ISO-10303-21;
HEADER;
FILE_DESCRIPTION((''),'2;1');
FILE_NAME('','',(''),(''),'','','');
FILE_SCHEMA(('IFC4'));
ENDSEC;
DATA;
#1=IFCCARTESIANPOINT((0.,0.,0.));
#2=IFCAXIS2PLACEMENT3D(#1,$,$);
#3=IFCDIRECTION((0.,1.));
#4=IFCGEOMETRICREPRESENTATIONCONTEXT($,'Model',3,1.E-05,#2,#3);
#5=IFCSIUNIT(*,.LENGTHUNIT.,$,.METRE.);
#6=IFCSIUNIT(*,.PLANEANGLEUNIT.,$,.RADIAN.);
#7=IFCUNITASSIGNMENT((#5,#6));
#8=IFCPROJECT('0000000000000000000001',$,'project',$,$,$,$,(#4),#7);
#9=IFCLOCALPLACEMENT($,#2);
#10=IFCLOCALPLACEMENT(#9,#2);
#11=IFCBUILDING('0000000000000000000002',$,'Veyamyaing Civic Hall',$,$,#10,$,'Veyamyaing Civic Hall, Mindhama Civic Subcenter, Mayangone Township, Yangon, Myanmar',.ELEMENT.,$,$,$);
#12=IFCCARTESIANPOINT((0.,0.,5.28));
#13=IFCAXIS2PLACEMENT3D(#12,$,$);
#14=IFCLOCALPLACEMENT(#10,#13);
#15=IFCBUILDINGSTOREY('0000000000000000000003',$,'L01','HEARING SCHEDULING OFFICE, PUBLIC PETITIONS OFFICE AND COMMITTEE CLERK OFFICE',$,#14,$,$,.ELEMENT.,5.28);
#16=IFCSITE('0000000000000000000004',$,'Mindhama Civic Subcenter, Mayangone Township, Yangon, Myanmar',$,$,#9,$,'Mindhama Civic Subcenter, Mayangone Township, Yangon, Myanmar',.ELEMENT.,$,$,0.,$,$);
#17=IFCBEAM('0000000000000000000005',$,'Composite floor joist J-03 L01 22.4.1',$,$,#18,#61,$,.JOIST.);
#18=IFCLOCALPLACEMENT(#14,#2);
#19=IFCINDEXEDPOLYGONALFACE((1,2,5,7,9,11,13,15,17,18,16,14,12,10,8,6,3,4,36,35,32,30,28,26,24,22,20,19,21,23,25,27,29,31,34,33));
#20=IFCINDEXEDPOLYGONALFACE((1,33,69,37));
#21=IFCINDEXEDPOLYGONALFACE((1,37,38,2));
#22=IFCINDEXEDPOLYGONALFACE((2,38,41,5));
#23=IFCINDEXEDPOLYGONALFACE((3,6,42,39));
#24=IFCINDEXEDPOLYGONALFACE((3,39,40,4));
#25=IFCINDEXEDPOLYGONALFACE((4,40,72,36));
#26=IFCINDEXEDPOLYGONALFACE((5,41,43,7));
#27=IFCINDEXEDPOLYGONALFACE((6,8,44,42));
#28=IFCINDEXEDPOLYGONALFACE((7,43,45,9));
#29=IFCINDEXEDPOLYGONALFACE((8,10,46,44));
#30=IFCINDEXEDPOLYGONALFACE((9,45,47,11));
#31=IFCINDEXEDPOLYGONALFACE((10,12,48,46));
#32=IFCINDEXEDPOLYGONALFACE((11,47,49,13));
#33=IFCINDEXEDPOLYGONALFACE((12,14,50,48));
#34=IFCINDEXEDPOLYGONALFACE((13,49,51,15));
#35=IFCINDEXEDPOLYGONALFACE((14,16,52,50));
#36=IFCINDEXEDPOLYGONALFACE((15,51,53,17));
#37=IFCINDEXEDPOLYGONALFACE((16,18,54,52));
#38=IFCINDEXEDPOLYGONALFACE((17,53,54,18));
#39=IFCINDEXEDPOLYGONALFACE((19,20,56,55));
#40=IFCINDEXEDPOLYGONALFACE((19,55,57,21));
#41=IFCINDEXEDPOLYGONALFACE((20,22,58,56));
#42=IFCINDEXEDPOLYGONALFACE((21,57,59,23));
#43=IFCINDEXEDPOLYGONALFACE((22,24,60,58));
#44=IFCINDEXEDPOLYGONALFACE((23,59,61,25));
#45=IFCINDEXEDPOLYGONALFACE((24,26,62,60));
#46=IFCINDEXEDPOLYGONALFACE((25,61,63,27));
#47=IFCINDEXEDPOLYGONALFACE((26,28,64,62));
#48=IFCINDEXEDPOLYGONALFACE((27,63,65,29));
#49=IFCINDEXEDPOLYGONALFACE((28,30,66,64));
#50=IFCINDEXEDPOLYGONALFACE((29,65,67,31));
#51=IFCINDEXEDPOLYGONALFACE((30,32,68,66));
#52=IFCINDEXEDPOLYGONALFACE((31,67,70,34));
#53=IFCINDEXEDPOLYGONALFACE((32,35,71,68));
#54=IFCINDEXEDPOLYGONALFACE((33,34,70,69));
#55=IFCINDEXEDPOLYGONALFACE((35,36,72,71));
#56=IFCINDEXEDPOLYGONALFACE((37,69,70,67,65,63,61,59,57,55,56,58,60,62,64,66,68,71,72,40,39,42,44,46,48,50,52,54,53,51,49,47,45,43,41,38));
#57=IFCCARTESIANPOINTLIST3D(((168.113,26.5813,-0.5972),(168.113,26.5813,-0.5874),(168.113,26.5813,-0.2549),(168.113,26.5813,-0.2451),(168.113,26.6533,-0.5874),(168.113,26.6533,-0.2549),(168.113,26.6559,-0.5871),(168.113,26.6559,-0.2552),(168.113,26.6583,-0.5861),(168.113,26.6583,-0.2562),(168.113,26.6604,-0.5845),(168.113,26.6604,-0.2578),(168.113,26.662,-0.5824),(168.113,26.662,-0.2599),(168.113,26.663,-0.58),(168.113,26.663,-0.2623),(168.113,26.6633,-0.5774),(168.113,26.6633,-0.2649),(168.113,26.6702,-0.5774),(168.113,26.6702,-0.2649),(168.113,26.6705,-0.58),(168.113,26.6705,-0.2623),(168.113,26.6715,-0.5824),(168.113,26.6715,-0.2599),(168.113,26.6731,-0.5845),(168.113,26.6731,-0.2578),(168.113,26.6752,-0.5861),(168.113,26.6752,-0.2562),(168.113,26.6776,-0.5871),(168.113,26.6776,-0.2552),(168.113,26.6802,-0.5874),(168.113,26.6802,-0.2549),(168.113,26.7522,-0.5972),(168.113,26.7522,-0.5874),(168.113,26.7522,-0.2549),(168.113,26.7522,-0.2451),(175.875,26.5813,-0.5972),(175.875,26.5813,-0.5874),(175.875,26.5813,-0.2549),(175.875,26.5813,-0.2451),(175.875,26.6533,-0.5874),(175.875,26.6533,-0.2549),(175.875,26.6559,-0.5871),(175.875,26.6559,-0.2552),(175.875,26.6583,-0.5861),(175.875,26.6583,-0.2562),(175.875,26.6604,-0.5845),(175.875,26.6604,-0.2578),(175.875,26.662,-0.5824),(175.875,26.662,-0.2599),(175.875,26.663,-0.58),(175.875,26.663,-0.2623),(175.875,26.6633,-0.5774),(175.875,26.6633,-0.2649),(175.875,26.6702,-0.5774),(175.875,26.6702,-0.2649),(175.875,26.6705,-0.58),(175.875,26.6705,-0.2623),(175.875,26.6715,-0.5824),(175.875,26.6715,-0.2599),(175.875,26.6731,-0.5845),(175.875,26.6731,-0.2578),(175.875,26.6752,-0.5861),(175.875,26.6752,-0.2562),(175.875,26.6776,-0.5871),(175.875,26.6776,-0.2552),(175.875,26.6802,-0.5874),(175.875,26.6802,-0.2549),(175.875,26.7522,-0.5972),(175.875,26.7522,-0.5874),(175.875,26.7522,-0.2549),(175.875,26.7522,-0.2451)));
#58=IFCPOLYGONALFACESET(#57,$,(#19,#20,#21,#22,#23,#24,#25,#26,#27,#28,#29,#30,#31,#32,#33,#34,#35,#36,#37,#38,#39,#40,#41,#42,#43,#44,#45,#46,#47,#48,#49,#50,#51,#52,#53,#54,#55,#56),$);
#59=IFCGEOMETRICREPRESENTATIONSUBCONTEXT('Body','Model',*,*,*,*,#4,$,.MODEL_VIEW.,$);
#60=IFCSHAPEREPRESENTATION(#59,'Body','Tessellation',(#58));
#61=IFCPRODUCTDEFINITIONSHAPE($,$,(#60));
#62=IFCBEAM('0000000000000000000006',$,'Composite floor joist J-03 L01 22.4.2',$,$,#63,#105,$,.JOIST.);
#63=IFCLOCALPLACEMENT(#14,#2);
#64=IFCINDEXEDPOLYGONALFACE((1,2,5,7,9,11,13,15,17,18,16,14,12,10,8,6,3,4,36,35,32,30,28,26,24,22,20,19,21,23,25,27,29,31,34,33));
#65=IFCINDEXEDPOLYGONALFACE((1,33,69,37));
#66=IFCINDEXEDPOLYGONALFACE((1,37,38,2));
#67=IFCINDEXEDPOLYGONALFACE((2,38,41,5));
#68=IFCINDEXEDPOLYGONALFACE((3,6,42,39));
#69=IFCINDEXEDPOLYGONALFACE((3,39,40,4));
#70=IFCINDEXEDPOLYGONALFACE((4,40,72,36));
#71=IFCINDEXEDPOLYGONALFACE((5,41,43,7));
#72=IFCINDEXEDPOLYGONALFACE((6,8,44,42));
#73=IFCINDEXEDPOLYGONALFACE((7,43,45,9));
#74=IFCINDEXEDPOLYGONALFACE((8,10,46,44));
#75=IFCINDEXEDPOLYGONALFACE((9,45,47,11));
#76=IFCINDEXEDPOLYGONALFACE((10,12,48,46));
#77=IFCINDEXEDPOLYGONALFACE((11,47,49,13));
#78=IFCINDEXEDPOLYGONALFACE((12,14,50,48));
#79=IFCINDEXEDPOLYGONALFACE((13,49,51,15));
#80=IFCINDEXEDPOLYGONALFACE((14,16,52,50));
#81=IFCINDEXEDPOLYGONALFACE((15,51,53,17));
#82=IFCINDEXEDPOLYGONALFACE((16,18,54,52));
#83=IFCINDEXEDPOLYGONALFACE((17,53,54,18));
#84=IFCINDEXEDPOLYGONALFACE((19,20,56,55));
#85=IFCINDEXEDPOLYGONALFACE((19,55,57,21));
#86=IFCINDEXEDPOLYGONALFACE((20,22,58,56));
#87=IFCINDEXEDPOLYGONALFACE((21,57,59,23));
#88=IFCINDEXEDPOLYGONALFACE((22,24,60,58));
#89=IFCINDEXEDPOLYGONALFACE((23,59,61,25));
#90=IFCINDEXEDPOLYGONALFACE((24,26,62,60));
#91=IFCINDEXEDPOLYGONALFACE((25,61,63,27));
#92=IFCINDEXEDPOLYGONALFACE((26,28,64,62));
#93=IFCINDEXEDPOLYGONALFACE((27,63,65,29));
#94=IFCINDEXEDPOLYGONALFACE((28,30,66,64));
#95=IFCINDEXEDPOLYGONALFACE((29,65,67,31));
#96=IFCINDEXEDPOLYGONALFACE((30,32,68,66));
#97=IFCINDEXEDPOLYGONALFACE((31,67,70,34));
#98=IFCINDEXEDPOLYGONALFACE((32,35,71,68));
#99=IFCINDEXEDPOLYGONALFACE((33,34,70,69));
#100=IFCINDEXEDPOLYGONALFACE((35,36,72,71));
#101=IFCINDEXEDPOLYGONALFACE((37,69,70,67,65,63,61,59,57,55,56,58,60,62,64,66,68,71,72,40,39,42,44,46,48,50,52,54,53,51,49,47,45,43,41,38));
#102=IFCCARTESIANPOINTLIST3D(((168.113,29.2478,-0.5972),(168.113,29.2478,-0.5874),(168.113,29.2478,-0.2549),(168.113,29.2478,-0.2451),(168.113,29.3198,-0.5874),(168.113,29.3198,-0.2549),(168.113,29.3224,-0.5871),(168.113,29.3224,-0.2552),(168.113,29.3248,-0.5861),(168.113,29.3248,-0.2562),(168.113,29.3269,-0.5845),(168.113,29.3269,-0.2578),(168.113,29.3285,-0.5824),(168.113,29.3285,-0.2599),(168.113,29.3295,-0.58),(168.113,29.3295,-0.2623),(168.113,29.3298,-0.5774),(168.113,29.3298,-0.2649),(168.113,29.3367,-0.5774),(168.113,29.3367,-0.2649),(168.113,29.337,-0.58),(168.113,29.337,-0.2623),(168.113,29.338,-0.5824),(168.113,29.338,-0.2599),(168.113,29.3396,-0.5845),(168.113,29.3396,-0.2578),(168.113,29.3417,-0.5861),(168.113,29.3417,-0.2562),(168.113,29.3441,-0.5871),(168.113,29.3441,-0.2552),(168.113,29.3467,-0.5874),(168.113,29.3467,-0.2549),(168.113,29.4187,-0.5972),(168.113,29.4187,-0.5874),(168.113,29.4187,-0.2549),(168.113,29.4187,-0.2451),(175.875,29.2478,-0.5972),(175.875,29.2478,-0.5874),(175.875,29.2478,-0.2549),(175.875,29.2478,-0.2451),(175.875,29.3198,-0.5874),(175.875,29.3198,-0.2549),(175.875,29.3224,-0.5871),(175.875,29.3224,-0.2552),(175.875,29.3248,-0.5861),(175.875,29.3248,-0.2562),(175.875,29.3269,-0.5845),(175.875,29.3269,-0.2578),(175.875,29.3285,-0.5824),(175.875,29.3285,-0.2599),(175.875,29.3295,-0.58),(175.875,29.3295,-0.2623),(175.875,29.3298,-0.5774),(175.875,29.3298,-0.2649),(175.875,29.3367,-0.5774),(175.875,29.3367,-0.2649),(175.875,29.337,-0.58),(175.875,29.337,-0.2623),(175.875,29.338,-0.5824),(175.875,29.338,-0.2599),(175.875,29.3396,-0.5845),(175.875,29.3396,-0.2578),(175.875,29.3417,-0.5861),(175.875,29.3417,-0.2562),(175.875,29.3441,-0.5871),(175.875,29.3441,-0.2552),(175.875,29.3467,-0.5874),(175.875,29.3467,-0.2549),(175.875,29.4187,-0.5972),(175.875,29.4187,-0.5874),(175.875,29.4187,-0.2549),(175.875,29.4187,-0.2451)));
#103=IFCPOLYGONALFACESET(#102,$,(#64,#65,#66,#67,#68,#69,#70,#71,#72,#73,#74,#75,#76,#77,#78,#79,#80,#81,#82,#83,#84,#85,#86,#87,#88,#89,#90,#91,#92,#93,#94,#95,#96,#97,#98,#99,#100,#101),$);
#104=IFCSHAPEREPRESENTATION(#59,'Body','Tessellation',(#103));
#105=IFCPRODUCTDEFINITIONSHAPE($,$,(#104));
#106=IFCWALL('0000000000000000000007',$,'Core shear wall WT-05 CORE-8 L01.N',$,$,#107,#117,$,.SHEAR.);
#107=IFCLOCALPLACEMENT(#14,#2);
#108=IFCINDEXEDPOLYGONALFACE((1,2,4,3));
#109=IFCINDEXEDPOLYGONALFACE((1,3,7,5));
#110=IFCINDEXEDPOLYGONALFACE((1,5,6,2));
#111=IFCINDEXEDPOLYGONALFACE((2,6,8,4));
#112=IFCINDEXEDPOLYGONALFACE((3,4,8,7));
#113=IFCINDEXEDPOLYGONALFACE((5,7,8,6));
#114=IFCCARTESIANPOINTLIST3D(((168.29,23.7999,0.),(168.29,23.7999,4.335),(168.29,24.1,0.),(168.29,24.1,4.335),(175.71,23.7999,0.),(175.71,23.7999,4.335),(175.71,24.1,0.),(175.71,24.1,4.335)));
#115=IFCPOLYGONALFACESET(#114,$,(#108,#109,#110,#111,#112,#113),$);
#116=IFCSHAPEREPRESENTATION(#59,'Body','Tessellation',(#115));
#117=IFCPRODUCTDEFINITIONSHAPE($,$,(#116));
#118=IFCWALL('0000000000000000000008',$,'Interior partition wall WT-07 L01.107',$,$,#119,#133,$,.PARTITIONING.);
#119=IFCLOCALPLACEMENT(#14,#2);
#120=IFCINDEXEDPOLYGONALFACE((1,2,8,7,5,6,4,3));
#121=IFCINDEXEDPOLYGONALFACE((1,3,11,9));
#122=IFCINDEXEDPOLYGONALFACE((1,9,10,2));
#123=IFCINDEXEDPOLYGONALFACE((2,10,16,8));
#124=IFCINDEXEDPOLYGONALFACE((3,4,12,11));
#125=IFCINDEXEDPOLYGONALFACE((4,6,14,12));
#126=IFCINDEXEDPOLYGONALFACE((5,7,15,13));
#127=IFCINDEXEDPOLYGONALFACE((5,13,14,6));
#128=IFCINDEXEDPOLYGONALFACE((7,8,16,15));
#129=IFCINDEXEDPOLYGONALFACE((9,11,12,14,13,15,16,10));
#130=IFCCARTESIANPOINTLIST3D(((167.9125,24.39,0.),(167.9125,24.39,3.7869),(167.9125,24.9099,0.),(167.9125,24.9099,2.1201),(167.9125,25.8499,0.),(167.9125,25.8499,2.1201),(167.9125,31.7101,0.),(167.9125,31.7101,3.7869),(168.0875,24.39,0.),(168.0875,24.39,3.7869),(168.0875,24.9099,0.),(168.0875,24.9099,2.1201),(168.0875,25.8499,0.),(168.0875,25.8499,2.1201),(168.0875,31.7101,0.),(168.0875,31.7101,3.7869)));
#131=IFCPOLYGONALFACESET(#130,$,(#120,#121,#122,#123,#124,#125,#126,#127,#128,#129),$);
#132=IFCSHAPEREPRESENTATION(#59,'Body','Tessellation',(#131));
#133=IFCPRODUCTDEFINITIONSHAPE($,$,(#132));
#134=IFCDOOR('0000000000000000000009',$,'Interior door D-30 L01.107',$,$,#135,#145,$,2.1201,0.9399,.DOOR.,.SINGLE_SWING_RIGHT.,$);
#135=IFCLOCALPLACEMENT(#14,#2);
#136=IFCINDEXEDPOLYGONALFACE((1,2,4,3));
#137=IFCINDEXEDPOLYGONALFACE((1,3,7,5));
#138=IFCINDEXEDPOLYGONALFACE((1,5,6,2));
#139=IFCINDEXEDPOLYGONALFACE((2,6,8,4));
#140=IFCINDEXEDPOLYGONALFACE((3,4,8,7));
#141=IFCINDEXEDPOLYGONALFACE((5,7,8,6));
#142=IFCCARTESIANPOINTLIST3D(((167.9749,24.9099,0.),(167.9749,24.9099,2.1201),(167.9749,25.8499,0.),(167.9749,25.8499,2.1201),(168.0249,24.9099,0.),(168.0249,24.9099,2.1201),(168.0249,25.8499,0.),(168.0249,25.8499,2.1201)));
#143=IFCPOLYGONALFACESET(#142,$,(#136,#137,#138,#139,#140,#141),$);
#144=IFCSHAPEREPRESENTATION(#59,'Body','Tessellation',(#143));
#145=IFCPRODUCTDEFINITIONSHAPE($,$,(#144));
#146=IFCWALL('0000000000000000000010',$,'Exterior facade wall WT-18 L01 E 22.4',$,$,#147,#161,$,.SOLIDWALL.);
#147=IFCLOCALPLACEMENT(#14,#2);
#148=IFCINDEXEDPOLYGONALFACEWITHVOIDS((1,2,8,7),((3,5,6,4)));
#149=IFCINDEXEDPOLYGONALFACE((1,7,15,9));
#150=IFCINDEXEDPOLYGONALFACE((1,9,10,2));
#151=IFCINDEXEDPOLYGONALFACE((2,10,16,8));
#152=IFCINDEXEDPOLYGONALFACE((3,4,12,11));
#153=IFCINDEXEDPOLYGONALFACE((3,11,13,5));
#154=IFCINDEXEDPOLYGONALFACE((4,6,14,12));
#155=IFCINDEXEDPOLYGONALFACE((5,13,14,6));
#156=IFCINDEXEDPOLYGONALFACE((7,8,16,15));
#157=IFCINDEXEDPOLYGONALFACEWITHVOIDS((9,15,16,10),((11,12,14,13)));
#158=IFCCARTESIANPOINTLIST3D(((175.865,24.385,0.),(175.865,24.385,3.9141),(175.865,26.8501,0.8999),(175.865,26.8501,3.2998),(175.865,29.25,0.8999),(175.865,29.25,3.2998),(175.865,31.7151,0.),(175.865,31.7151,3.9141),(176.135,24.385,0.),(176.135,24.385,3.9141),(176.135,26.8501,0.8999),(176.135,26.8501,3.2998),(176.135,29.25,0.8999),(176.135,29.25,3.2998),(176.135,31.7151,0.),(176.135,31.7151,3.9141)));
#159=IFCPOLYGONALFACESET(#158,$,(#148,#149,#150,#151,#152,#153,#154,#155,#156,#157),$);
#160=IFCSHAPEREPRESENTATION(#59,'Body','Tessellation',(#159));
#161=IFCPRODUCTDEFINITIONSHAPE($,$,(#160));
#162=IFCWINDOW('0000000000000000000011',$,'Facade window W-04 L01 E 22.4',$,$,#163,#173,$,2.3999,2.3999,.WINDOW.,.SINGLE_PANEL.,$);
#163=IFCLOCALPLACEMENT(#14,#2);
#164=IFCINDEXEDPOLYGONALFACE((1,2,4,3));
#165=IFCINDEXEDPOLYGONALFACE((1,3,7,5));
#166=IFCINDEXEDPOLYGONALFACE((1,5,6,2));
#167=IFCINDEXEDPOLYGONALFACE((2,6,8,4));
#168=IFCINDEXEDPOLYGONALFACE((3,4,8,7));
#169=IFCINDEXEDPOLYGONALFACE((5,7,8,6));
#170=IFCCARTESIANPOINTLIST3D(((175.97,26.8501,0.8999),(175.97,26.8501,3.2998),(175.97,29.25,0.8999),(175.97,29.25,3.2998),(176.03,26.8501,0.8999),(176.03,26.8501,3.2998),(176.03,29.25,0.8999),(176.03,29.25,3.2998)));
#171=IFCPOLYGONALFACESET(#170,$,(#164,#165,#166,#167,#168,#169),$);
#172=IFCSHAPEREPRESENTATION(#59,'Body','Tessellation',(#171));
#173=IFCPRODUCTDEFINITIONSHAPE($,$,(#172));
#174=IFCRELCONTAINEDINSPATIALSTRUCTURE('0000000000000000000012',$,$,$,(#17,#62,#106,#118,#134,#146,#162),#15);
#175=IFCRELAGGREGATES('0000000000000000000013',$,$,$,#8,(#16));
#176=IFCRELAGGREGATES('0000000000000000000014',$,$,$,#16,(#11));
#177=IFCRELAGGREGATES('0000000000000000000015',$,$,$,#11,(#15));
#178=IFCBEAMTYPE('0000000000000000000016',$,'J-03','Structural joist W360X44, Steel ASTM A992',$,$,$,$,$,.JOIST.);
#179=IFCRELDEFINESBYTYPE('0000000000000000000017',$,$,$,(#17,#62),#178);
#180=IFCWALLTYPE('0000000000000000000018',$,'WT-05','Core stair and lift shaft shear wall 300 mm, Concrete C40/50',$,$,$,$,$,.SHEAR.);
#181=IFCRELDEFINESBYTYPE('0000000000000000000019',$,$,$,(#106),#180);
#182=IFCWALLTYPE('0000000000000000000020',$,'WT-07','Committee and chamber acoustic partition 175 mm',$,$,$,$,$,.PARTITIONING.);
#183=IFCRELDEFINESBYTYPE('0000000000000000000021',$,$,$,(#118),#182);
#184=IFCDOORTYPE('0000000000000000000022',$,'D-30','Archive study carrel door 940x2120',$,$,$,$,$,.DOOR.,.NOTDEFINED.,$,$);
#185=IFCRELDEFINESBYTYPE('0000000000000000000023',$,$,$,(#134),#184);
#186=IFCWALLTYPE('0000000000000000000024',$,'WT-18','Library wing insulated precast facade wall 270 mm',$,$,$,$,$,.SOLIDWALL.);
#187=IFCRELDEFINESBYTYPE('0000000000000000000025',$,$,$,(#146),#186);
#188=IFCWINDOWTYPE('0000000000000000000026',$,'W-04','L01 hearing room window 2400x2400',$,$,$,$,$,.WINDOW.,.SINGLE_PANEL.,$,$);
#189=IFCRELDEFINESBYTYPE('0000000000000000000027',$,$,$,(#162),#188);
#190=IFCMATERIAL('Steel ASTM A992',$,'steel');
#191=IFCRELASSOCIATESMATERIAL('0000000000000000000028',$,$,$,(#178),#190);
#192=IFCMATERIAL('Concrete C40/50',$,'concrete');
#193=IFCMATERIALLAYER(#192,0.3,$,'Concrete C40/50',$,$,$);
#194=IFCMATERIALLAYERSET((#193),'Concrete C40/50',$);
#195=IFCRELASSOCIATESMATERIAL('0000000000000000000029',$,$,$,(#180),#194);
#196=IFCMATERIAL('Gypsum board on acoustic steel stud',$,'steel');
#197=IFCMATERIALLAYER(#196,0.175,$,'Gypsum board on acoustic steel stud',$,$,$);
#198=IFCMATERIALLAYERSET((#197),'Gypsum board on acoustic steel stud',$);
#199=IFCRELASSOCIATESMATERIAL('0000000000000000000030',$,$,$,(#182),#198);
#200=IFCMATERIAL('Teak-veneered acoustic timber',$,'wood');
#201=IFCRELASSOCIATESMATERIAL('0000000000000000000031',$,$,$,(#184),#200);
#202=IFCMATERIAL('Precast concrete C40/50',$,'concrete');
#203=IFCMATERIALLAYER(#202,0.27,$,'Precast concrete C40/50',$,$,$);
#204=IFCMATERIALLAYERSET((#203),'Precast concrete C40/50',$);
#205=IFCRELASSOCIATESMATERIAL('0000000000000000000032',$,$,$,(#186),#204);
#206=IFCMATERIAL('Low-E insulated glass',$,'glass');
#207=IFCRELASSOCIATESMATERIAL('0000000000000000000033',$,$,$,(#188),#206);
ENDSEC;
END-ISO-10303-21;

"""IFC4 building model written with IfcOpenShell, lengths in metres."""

from ifc_helpers import new_model, si_unit, direction, frame, frame_2d, origin, origin_2d, place, context, subcontext, project, spatial, rectangle, i_section, extrude, material, layer, layer_set, material_profile, profile_set, type_object, element, fill, save


model = new_model("IFC4")

# Units and contexts
model_context = context("Model", 3, precision=1e-05, world=origin(), true_north=direction((0.0, 1.0)))
body_context = subcontext(model_context, "Body", "Model", "MODEL_VIEW")
ifc_project = project(units=[si_unit("LENGTHUNIT", "METRE"), si_unit("PLANEANGLEUNIT", "RADIAN")], contexts=[model_context])

# Site, building, storey
site_placement = place(None, origin())
site = spatial("IfcSite", under=ifc_project, at=site_placement, Name="Mindhama Civic Subcenter, Mayangone Township, Yangon, Myanmar", LongName="Mindhama Civic Subcenter, Mayangone Township, Yangon, Myanmar", CompositionType="ELEMENT", RefElevation=0.0)
building_placement = place(site_placement, origin())
building = spatial("IfcBuilding", under=site, at=building_placement, Name="Veyamyaing Civic Hall", LongName="Veyamyaing Civic Hall, Mindhama Civic Subcenter, Mayangone Township, Yangon, Myanmar", CompositionType="ELEMENT")
storey_placement = place(building_placement, frame((0.0, 0.0, 5.28)))
storey = spatial("IfcBuildingStorey", under=building, at=storey_placement, Name="L01", Description="HEARING SCHEDULING OFFICE, PUBLIC PETITIONS OFFICE AND COMMITTEE CLERK OFFICE", CompositionType="ELEMENT", Elevation=5.28)

# Beams
ifc_material_1 = material(Name="Steel ASTM A992", Category="steel")
ifc_material_profile_1 = material_profile(ifc_material_1, i_section(OverallWidth=0.1709, OverallDepth=0.3521, WebThickness=0.0068, FlangeThickness=0.0098, FilletRadius=0.01, at=origin_2d()), Name="W360X44")
ifc_profile_set_1 = profile_set([ifc_material_profile_1], Name="Steel ASTM A992")
beam_type_1 = type_object("IfcBeamType", Name="J-03", Description="Structural joist W360X44, Steel ASTM A992", PredefinedType="JOIST", material=ifc_profile_set_1)
for number, where, z_axis, x_axis, name in (
    (1, (168.113, 26.6667, -0.4211), (1.0, 0.0, 0.0), (0.0, 1.0, 0.0), "Composite floor joist J-03 L01 22.4.1"),
    (2, (168.113, 29.3333, -0.4211), (1.0, 0.0, 0.0), (0.0, 1.0, 0.0), "Composite floor joist J-03 L01 22.4.2"),
):
    element("IfcBeam", number, at=place(storey_placement, frame(where, z_axis=z_axis, x_axis=x_axis)), inside=storey, type_object=beam_type_1, Name=name, PredefinedType="JOIST", context=body_context, shape_type="SweptSolid", body=[
        extrude(i_section(OverallWidth=0.1709, OverallDepth=0.3521, WebThickness=0.0068, FlangeThickness=0.0098, FilletRadius=0.01, at=origin_2d()), origin(), (0.0, 0.0, 1.0), 7.762),
    ])

# Wall
ifc_material_2 = material(Name="Concrete C40/50", Category="concrete")
ifc_layer_1 = layer(ifc_material_2, 0.3, Name="Concrete C40/50")
ifc_layer_set_1 = layer_set([ifc_layer_1], Name="Concrete C40/50")
wall_type_1 = type_object("IfcWallType", Name="WT-05", Description="Core stair and lift shaft shear wall 300 mm, Concrete C40/50", PredefinedType="SHEAR", material=ifc_layer_set_1)
wall_1_placement = place(storey_placement, frame((168.29, 23.95, 0.0), z_axis=(0.0, 0.0, 1.0), x_axis=(1.0, 0.0, 0.0)))
element("IfcWall", 3, at=wall_1_placement, inside=storey, type_object=wall_type_1, Name="Core shear wall WT-05 CORE-8 L01.N", PredefinedType="SHEAR", context=body_context, shape_type="SweptSolid", body=[
    extrude(rectangle(XDim=7.4199, YDim=0.3, at=frame_2d((3.71, 0.0))), origin(), (0.0, 0.0, 1.0), 4.335),
])

# Wall, opening, door
ifc_material_3 = material(Name="Gypsum board on acoustic steel stud", Category="steel")
ifc_layer_2 = layer(ifc_material_3, 0.175, Name="Gypsum board on acoustic steel stud")
ifc_layer_set_2 = layer_set([ifc_layer_2], Name="Gypsum board on acoustic steel stud")
wall_type_2 = type_object("IfcWallType", Name="WT-07", Description="Committee and chamber acoustic partition 175 mm", PredefinedType="PARTITIONING", material=ifc_layer_set_2)
wall_2_placement = place(storey_placement, frame((168.0, 24.3899, 0.0), z_axis=(0.0, 0.0, 1.0), x_axis=(0.0, 1.0, 0.0)))
wall_2 = element("IfcWall", 4, at=wall_2_placement, inside=storey, type_object=wall_type_2, Name="Interior partition wall WT-07 L01.107", PredefinedType="PARTITIONING", context=body_context, shape_type="SweptSolid", body=[
    extrude(rectangle(XDim=7.3201, YDim=0.175, at=frame_2d((3.6602, 0.0))), origin(), (0.0, 0.0, 1.0), 3.7869),
])
opening_1_placement = place(wall_2_placement, frame((0.52, 0.0, 0.0)))
opening_1 = element("IfcOpeningElement", 5, at=opening_1_placement, cuts=wall_2, PredefinedType="OPENING", context=body_context, shape_type="SweptSolid", body=[
    extrude(rectangle(XDim=0.9399, YDim=2.1201, at=frame_2d((0.47, 1.0601))), frame((0.0, 0.0974, 0.0), z_axis=(0.0, -1.0, 0.0), x_axis=(1.0, 0.0, 0.0)), (0.0, 0.0, 1.0), 0.1951),
])
ifc_material_4 = material(Name="Teak-veneered acoustic timber", Category="wood")
door_type = type_object("IfcDoorType", Name="D-30", Description="Archive study carrel door 940x2120", OperationType="NOTDEFINED", PredefinedType="DOOR", material=ifc_material_4)
door_placement = place(opening_1_placement, frame((0.9399, 0.0, 0.0), z_axis=(0.0, 0.0, 1.0), x_axis=(-1.0, 0.0, 0.0)))
door = element("IfcDoor", 6, at=door_placement, inside=storey, type_object=door_type, Name="Interior door D-30 L01.107", OperationType="SINGLE_SWING_RIGHT", OverallHeight=2.1201, OverallWidth=0.9399, PredefinedType="DOOR", context=body_context, shape_type="SweptSolid", body=[
    extrude(rectangle(XDim=0.9399, YDim=2.1201, at=frame_2d((0.47, 1.0601))), frame((0.0, 0.0249, 0.0), z_axis=(0.0, -1.0, 0.0), x_axis=(1.0, 0.0, 0.0)), (0.0, 0.0, 1.0), 0.05),
])
fill(opening_1, door)

# Wall, opening, window
ifc_material_5 = material(Name="Precast concrete C40/50", Category="concrete")
ifc_layer_3 = layer(ifc_material_5, 0.27, Name="Precast concrete C40/50")
ifc_layer_set_3 = layer_set([ifc_layer_3], Name="Precast concrete C40/50")
wall_type_3 = type_object("IfcWallType", Name="WT-18", Description="Library wing insulated precast facade wall 270 mm", PredefinedType="SOLIDWALL", material=ifc_layer_set_3)
wall_3_placement = place(storey_placement, frame((176.0, 24.385, 0.0), z_axis=(0.0, 0.0, 1.0), x_axis=(0.0, 1.0, 0.0)))
wall_3 = element("IfcWall", 7, at=wall_3_placement, inside=storey, type_object=wall_type_3, Name="Exterior facade wall WT-18 L01 E 22.4", PredefinedType="SOLIDWALL", context=body_context, shape_type="SweptSolid", body=[
    extrude(rectangle(XDim=7.3301, YDim=0.27, at=frame_2d((3.665, 0.0))), origin(), (0.0, 0.0, 1.0), 3.9141),
])
opening_2_placement = place(wall_3_placement, frame((2.4651, 0.0, 0.8999)))
opening_2 = element("IfcOpeningElement", 8, at=opening_2_placement, cuts=wall_3, PredefinedType="OPENING", context=body_context, shape_type="SweptSolid", body=[
    extrude(rectangle(XDim=2.3999, YDim=2.3999, at=frame_2d((1.2, 1.2))), frame((0.0, 0.145, 0.0), z_axis=(0.0, -1.0, 0.0), x_axis=(1.0, 0.0, 0.0)), (0.0, 0.0, 1.0), 0.29),
])
ifc_material_6 = material(Name="Low-E insulated glass", Category="glass")
window_type = type_object("IfcWindowType", Name="W-04", Description="L01 hearing room window 2400x2400", PartitioningType="SINGLE_PANEL", PredefinedType="WINDOW", material=ifc_material_6)
window_placement = place(opening_2_placement, origin())
window = element("IfcWindow", 9, at=window_placement, inside=storey, type_object=window_type, Name="Facade window W-04 L01 E 22.4", OverallHeight=2.3999, OverallWidth=2.3999, PartitioningType="SINGLE_PANEL", PredefinedType="WINDOW", context=body_context, shape_type="SweptSolid", body=[
    extrude(rectangle(XDim=2.3999, YDim=2.3999, at=frame_2d((1.2, 1.2))), frame((0.0, 0.03, 0.0), z_axis=(0.0, -1.0, 0.0), x_axis=(1.0, 0.0, 0.0)), (0.0, 0.0, 1.0), 0.0601),
])
fill(opening_2, window)

save(model, "model.ifc")
